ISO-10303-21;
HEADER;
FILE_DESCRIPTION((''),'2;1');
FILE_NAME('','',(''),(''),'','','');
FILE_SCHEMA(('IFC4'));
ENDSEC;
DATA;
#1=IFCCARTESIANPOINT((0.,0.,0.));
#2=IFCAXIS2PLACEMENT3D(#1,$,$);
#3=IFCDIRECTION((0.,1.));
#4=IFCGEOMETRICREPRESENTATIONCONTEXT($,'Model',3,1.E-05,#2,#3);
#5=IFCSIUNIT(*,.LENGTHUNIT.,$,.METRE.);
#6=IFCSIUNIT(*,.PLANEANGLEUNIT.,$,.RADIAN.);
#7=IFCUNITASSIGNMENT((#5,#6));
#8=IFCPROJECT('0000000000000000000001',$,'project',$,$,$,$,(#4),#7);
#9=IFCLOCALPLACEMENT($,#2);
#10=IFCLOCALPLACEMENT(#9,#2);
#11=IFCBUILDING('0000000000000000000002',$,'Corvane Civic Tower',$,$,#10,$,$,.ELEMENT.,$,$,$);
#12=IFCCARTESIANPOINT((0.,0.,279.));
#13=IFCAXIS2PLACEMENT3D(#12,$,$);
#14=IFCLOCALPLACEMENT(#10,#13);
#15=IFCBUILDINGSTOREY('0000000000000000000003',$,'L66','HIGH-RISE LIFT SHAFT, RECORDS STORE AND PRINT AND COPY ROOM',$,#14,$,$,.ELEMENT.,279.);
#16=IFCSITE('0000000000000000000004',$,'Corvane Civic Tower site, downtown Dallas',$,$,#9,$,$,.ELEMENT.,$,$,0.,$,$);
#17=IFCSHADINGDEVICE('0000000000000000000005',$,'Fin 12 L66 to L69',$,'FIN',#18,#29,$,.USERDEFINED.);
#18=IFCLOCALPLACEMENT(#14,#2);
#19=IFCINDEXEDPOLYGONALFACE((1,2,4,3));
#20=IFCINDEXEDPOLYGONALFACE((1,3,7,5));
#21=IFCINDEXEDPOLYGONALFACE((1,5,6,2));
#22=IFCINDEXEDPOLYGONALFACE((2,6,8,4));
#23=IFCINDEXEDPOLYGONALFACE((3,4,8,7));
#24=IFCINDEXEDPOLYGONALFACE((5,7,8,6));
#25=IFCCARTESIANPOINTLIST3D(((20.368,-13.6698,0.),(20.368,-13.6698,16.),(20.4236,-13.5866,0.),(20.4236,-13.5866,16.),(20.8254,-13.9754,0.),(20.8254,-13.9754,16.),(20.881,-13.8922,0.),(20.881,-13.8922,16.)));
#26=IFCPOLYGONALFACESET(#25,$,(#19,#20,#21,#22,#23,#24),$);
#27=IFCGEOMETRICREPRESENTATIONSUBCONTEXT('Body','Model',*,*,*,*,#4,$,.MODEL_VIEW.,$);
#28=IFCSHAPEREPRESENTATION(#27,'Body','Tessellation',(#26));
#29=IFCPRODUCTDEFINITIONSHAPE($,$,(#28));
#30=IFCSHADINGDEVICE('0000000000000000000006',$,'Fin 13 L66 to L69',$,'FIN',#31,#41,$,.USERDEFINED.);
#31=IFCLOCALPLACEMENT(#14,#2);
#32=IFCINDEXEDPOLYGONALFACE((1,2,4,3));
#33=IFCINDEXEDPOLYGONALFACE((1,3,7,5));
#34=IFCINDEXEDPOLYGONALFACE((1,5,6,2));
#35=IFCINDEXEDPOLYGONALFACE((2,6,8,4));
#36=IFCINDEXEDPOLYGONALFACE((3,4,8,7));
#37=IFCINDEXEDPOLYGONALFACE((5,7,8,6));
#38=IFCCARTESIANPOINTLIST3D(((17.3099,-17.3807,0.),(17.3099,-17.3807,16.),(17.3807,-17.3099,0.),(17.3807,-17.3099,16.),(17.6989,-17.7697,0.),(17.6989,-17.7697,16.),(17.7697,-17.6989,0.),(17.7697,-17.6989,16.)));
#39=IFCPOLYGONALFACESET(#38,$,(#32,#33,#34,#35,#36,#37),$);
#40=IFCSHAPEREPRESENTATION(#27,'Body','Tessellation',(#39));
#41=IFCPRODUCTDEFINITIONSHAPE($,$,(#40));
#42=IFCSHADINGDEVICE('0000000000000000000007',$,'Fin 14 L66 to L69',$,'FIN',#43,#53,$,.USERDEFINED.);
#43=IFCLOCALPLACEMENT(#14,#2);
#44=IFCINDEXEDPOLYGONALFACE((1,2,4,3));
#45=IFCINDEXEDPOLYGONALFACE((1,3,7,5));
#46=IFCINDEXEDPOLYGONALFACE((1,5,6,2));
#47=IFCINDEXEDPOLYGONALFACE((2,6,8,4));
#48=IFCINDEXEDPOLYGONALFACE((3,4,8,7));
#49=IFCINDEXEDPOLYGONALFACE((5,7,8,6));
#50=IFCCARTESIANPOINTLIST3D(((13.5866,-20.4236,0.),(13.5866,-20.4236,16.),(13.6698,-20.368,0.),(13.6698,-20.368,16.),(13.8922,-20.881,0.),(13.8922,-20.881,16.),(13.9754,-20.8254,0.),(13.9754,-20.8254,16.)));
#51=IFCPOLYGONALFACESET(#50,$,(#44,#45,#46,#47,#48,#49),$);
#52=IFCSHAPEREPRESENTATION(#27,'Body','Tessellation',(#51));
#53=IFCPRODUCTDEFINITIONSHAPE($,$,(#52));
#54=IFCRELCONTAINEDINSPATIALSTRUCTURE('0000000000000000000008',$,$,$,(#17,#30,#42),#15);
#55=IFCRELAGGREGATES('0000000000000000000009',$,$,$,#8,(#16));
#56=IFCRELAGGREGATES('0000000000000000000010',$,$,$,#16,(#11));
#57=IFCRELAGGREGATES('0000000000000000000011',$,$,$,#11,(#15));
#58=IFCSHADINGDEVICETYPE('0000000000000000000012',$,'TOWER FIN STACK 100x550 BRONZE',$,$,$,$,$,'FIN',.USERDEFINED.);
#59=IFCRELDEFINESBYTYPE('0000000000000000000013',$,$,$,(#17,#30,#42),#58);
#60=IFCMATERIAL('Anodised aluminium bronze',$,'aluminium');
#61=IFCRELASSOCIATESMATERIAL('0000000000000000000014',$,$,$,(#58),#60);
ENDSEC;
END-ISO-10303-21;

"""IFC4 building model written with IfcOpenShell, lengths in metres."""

from ifc_helpers import new_model, si_unit, direction, frame, origin, origin_2d, place, context, subcontext, project, spatial, rectangle, extrude, material, material_profile, profile_set, type_object, element, save


model = new_model("IFC4")

# Units and contexts
model_context = context("Model", 3, precision=1e-05, world=origin(), true_north=direction((0.0, 1.0)))
body_context = subcontext(model_context, "Body", "Model", "MODEL_VIEW")
ifc_project = project(units=[si_unit("LENGTHUNIT", "METRE"), si_unit("PLANEANGLEUNIT", "RADIAN")], contexts=[model_context])

# Site, building, storey
site_placement = place(None, origin())
site = spatial("IfcSite", under=ifc_project, at=site_placement, Name="Corvane Civic Tower site, downtown Dallas", CompositionType="ELEMENT", RefElevation=0.0)
building_placement = place(site_placement, origin())
building = spatial("IfcBuilding", under=site, at=building_placement, Name="Corvane Civic Tower", CompositionType="ELEMENT")
storey_placement = place(building_placement, frame((0.0, 0.0, 279.0)))
storey = spatial("IfcBuildingStorey", under=building, at=storey_placement, Name="L66", Description="HIGH-RISE LIFT SHAFT, RECORDS STORE AND PRINT AND COPY ROOM", CompositionType="ELEMENT", Elevation=279.0)

# Shading devices
ifc_material_1 = material(Name="Anodised aluminium bronze", Category="aluminium")
ifc_material_profile_1 = material_profile(ifc_material_1, rectangle(XDim=0.1001, YDim=0.55, at=origin_2d()), Name="TOWER FIN STACK 100x550 BRONZE")
ifc_profile_set_1 = profile_set([ifc_material_profile_1], Name="Anodised aluminium bronze")
shading_device_type = type_object("IfcShadingDeviceType", Name="TOWER FIN STACK 100x550 BRONZE", ElementType="FIN", PredefinedType="USERDEFINED", material=ifc_profile_set_1)
for number, where, z_axis, x_axis, name in (
    (1, (20.6245, -13.781, 0.0), (0.0, 0.0, 1.0), (-0.55557, -0.83147, 0.0), "Fin 12 L66 to L69"),
    (2, (17.5398, -17.5398, 0.0), (0.0, 0.0, 1.0), (-0.707107, -0.707107, 0.0), "Fin 13 L66 to L69"),
    (3, (13.781, -20.6245, 0.0), (0.0, 0.0, 1.0), (-0.83147, -0.55557, 0.0), "Fin 14 L66 to L69"),
):
    element("IfcShadingDevice", number, at=place(storey_placement, frame(where, z_axis=z_axis, x_axis=x_axis)), inside=storey, type_object=shading_device_type, Name=name, ObjectType="FIN", PredefinedType="USERDEFINED", context=body_context, shape_type="SweptSolid", body=[
        extrude(rectangle(XDim=0.1001, YDim=0.55, at=origin_2d()), origin(), (0.0, 0.0, 1.0), 16.0),
    ])

save(model, "model.ifc")
